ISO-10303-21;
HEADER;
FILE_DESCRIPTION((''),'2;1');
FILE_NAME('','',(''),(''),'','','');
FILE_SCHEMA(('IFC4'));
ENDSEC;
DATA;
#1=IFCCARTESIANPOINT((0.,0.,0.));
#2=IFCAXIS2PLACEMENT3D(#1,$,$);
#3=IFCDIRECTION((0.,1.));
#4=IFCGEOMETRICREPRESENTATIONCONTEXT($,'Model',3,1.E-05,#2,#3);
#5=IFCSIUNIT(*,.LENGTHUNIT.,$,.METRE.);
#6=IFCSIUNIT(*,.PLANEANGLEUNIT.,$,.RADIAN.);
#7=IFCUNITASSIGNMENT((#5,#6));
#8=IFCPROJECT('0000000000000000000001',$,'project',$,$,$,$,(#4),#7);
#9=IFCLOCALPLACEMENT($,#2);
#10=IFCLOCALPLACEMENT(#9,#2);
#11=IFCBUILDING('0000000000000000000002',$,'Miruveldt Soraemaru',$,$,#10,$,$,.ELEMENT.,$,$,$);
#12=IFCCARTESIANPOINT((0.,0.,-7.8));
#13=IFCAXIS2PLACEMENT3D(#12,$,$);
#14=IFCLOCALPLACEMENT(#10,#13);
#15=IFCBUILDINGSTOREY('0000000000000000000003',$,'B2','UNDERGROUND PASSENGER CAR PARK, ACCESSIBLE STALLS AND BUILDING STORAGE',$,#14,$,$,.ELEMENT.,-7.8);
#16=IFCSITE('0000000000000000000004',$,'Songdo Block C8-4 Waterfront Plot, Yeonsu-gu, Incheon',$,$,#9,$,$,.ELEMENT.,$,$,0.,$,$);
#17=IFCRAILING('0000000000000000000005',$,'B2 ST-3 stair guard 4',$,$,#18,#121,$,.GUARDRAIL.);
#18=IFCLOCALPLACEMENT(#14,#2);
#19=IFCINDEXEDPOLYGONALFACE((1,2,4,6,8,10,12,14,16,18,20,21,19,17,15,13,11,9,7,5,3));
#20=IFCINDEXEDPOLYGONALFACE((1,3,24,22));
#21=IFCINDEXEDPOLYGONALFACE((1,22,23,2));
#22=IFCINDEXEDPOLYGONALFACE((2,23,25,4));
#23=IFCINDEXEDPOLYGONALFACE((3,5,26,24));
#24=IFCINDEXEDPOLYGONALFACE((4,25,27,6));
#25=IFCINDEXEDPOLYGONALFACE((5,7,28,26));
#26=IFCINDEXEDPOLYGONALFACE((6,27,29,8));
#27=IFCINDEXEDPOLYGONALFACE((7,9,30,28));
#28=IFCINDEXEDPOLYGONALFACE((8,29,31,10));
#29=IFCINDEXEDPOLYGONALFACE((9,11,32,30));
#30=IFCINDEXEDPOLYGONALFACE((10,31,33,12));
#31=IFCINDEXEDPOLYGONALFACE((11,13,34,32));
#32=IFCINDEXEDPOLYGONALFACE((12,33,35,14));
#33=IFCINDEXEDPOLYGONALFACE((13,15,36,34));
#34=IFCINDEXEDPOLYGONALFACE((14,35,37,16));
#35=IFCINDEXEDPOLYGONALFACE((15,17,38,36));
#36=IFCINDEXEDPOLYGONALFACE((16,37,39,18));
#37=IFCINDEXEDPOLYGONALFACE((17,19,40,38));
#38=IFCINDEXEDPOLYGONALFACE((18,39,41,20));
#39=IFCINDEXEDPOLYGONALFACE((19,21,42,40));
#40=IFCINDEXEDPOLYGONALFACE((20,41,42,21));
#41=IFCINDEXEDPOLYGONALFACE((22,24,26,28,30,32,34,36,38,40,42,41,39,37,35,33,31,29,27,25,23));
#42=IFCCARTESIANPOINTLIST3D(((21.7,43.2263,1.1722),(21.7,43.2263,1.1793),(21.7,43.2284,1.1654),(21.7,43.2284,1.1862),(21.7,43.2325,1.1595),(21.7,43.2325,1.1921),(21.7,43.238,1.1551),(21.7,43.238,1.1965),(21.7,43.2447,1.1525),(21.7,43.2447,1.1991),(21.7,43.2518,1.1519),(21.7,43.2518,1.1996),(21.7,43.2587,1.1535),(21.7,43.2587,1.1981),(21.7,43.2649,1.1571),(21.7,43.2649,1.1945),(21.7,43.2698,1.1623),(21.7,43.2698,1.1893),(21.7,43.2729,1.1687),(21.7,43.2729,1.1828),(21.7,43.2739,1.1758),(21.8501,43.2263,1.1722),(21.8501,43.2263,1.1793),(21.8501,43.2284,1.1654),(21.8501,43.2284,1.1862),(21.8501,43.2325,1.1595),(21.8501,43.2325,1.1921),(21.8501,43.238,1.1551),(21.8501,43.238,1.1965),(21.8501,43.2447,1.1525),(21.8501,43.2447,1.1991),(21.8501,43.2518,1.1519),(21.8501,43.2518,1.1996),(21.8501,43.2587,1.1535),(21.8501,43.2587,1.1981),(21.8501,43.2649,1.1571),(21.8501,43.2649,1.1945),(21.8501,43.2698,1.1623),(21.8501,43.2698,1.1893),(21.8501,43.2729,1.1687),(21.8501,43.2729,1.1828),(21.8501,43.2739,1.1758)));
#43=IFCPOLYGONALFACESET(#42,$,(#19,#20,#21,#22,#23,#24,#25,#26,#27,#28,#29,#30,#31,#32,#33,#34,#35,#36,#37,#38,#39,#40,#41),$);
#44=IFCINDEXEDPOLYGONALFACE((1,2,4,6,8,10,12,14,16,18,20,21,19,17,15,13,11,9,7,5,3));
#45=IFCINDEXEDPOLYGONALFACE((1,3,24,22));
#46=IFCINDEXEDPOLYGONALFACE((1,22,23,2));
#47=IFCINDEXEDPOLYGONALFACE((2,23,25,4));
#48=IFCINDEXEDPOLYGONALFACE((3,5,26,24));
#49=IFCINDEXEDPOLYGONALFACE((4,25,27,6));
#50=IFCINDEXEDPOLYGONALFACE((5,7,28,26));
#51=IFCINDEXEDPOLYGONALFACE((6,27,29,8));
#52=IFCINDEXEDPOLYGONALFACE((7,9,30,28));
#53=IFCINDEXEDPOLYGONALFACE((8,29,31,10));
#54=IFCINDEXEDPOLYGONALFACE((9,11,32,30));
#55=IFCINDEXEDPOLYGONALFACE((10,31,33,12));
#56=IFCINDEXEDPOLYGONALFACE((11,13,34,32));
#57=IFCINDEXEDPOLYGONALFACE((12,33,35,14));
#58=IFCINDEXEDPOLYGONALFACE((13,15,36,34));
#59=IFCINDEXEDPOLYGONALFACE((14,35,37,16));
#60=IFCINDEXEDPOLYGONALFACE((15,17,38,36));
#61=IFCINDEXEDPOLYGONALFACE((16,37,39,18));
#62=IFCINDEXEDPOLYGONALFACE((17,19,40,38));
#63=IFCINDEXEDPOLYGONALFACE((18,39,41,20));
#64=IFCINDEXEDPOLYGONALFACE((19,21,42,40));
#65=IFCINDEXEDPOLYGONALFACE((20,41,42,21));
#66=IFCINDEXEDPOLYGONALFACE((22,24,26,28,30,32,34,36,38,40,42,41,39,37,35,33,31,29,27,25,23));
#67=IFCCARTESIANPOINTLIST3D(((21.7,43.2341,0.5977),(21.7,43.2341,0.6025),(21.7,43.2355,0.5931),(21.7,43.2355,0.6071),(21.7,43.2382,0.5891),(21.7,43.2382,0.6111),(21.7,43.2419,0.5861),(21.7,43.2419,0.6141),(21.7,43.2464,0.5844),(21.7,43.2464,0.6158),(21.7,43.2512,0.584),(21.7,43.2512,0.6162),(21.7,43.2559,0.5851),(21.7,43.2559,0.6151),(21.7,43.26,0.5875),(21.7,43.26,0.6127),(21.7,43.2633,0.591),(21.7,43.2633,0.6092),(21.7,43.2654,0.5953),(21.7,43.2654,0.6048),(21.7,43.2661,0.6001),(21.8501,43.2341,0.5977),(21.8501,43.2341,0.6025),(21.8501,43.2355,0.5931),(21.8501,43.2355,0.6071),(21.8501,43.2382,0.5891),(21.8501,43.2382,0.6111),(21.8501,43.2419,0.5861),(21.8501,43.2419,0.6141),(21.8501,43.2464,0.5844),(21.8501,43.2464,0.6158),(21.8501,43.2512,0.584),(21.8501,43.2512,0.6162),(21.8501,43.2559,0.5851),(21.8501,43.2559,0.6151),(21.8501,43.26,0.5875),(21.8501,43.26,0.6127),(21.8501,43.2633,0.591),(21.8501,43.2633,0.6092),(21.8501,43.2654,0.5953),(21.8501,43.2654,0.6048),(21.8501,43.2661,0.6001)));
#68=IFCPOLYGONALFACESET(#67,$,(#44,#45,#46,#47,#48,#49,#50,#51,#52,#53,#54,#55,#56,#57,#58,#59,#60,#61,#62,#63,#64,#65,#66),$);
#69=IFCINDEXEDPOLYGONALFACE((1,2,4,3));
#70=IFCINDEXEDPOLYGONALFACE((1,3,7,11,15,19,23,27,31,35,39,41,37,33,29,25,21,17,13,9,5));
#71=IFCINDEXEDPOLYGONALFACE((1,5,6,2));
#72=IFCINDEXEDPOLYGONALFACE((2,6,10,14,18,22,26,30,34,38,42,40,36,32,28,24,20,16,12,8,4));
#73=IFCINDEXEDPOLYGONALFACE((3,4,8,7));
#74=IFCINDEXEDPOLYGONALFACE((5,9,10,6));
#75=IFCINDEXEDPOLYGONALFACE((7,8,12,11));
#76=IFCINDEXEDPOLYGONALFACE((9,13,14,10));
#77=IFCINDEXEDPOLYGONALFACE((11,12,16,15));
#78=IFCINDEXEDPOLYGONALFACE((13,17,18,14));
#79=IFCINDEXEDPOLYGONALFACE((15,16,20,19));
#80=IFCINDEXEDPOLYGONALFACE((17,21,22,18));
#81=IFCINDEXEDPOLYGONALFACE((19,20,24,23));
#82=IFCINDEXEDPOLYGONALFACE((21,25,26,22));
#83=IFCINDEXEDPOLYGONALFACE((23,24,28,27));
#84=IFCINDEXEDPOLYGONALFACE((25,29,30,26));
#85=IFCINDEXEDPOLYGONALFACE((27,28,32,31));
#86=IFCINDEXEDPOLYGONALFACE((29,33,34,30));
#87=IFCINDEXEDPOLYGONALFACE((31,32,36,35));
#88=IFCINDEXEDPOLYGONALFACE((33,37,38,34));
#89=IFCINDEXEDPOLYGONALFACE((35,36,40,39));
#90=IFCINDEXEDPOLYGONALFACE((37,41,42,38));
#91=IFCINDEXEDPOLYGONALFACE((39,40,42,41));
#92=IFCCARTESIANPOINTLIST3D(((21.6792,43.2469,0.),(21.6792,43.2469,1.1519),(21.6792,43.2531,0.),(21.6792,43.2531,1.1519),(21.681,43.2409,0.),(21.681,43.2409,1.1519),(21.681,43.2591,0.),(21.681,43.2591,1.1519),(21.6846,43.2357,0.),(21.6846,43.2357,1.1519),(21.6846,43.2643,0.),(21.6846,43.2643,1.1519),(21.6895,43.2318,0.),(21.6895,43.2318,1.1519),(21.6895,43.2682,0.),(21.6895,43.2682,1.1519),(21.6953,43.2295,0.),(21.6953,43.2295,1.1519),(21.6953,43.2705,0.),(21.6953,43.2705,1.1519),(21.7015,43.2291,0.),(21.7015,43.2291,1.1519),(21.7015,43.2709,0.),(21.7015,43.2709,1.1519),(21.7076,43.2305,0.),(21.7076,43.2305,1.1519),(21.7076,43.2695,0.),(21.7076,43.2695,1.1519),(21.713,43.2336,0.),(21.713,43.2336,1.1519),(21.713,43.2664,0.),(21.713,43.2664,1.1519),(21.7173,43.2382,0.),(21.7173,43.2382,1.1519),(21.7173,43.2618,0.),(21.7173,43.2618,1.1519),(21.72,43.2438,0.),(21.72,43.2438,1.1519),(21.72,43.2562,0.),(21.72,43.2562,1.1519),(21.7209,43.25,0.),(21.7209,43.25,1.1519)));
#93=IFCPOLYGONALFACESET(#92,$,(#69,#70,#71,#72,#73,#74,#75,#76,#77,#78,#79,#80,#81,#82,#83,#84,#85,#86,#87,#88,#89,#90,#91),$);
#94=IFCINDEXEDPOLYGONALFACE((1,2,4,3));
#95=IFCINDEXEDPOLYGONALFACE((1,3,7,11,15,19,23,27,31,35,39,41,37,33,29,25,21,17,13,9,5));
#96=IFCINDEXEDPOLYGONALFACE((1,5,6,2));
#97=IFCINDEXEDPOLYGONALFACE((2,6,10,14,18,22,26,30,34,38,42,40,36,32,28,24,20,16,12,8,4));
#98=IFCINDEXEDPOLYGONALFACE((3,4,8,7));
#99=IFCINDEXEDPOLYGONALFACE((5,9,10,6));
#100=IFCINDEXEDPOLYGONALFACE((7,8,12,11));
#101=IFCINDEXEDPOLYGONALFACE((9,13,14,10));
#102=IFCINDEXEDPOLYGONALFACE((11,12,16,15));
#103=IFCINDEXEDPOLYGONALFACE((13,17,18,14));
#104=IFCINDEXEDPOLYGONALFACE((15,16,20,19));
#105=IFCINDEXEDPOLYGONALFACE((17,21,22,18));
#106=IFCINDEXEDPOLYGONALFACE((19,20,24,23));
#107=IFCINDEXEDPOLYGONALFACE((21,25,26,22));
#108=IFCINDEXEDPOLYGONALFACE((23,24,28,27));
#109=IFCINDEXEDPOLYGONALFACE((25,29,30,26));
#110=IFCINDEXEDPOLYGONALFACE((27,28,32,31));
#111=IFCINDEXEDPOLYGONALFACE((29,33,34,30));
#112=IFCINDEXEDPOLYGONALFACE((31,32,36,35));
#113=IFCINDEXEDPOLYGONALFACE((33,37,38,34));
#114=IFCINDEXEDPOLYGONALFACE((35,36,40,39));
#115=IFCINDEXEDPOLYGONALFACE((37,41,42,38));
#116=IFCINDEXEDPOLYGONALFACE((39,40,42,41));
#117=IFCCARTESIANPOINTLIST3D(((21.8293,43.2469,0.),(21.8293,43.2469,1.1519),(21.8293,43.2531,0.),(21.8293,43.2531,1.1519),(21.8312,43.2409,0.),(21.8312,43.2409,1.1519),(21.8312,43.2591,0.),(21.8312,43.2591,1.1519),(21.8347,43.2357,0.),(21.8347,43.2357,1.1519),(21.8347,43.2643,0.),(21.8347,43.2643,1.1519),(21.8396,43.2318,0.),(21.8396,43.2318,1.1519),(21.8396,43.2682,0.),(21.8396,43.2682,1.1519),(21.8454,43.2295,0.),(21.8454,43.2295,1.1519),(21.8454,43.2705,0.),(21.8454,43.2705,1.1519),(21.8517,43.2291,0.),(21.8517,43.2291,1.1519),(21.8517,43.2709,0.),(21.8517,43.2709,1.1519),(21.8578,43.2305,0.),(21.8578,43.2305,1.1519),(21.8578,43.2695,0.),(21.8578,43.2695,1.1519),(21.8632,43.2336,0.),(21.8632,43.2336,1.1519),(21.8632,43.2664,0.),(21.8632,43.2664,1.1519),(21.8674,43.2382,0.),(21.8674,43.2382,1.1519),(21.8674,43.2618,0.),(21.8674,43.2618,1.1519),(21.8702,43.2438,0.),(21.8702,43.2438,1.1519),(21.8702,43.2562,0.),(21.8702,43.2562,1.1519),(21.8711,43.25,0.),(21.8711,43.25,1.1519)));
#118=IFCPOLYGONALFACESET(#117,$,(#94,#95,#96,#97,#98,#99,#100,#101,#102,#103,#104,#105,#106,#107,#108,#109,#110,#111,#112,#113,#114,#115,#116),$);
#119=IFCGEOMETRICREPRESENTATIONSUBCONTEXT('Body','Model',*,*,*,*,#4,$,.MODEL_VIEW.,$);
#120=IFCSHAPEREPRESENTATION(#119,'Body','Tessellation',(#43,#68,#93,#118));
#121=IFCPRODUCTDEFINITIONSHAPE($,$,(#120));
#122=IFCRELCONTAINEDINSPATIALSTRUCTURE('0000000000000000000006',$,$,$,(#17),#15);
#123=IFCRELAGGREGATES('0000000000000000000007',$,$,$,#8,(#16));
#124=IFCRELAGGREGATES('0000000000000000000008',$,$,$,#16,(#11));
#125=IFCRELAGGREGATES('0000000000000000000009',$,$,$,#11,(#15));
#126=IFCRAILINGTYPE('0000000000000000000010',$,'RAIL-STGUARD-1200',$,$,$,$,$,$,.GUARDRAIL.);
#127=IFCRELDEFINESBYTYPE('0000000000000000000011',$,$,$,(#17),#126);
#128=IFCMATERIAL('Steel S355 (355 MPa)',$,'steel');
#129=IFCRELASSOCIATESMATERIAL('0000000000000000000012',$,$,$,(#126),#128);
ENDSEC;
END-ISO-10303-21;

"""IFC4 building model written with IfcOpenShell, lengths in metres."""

from ifc_helpers import new_model, si_unit, direction, frame, origin, origin_2d, place, context, subcontext, project, spatial, circle, extrude, material, type_object, element, save


model = new_model("IFC4")

# Units and contexts
model_context = context("Model", 3, precision=1e-05, world=origin(), true_north=direction((0.0, 1.0)))
body_context = subcontext(model_context, "Body", "Model", "MODEL_VIEW")
ifc_project = project(units=[si_unit("LENGTHUNIT", "METRE"), si_unit("PLANEANGLEUNIT", "RADIAN")], contexts=[model_context])

# Site, building, storey
site_placement = place(None, origin())
site = spatial("IfcSite", under=ifc_project, at=site_placement, Name="Songdo Block C8-4 Waterfront Plot, Yeonsu-gu, Incheon", CompositionType="ELEMENT", RefElevation=0.0)
building_placement = place(site_placement, origin())
building = spatial("IfcBuilding", under=site, at=building_placement, Name="Miruveldt Soraemaru", CompositionType="ELEMENT")
storey_placement = place(building_placement, frame((0.0, 0.0, -7.8)))
storey = spatial("IfcBuildingStorey", under=building, at=storey_placement, Name="B2", Description="UNDERGROUND PASSENGER CAR PARK, ACCESSIBLE STALLS AND BUILDING STORAGE", CompositionType="ELEMENT", Elevation=-7.8)

# Railing
ifc_material_1 = material(Name="Steel S355 (355 MPa)", Category="steel")
railing_type_1 = type_object("IfcRailingType", Name="RAIL-STGUARD-1200", PredefinedType="GUARDRAIL", material=ifc_material_1)
railing_1_placement = place(storey_placement, frame((21.7, 43.25, 0.0)))
element("IfcRailing", 1, at=railing_1_placement, inside=storey, type_object=railing_type_1, Name="B2 ST-3 stair guard 4", PredefinedType="GUARDRAIL", context=body_context, shape_type="SweptSolid", body=[
    extrude(circle(Radius=0.0239, at=origin_2d()), frame((0.0, 0.0, 1.1758), z_axis=(1.0, 0.0, 0.0), x_axis=(0.0, 1.0, 0.0)), (0.0, 0.0, 1.0), 0.1501),
    extrude(circle(Radius=0.0161, at=origin_2d()), frame((0.0, 0.0, 0.6001), z_axis=(1.0, 0.0, 0.0), x_axis=(0.0, 1.0, 0.0)), (0.0, 0.0, 1.0), 0.1501),
    extrude(circle(Radius=0.021, at=origin_2d()), origin(), (0.0, 0.0, 1.0), 1.1519),
    extrude(circle(Radius=0.021, at=origin_2d()), frame((0.1501, 0.0, 0.0)), (0.0, 0.0, 1.0), 1.1519),
])

save(model, "model.ifc")
